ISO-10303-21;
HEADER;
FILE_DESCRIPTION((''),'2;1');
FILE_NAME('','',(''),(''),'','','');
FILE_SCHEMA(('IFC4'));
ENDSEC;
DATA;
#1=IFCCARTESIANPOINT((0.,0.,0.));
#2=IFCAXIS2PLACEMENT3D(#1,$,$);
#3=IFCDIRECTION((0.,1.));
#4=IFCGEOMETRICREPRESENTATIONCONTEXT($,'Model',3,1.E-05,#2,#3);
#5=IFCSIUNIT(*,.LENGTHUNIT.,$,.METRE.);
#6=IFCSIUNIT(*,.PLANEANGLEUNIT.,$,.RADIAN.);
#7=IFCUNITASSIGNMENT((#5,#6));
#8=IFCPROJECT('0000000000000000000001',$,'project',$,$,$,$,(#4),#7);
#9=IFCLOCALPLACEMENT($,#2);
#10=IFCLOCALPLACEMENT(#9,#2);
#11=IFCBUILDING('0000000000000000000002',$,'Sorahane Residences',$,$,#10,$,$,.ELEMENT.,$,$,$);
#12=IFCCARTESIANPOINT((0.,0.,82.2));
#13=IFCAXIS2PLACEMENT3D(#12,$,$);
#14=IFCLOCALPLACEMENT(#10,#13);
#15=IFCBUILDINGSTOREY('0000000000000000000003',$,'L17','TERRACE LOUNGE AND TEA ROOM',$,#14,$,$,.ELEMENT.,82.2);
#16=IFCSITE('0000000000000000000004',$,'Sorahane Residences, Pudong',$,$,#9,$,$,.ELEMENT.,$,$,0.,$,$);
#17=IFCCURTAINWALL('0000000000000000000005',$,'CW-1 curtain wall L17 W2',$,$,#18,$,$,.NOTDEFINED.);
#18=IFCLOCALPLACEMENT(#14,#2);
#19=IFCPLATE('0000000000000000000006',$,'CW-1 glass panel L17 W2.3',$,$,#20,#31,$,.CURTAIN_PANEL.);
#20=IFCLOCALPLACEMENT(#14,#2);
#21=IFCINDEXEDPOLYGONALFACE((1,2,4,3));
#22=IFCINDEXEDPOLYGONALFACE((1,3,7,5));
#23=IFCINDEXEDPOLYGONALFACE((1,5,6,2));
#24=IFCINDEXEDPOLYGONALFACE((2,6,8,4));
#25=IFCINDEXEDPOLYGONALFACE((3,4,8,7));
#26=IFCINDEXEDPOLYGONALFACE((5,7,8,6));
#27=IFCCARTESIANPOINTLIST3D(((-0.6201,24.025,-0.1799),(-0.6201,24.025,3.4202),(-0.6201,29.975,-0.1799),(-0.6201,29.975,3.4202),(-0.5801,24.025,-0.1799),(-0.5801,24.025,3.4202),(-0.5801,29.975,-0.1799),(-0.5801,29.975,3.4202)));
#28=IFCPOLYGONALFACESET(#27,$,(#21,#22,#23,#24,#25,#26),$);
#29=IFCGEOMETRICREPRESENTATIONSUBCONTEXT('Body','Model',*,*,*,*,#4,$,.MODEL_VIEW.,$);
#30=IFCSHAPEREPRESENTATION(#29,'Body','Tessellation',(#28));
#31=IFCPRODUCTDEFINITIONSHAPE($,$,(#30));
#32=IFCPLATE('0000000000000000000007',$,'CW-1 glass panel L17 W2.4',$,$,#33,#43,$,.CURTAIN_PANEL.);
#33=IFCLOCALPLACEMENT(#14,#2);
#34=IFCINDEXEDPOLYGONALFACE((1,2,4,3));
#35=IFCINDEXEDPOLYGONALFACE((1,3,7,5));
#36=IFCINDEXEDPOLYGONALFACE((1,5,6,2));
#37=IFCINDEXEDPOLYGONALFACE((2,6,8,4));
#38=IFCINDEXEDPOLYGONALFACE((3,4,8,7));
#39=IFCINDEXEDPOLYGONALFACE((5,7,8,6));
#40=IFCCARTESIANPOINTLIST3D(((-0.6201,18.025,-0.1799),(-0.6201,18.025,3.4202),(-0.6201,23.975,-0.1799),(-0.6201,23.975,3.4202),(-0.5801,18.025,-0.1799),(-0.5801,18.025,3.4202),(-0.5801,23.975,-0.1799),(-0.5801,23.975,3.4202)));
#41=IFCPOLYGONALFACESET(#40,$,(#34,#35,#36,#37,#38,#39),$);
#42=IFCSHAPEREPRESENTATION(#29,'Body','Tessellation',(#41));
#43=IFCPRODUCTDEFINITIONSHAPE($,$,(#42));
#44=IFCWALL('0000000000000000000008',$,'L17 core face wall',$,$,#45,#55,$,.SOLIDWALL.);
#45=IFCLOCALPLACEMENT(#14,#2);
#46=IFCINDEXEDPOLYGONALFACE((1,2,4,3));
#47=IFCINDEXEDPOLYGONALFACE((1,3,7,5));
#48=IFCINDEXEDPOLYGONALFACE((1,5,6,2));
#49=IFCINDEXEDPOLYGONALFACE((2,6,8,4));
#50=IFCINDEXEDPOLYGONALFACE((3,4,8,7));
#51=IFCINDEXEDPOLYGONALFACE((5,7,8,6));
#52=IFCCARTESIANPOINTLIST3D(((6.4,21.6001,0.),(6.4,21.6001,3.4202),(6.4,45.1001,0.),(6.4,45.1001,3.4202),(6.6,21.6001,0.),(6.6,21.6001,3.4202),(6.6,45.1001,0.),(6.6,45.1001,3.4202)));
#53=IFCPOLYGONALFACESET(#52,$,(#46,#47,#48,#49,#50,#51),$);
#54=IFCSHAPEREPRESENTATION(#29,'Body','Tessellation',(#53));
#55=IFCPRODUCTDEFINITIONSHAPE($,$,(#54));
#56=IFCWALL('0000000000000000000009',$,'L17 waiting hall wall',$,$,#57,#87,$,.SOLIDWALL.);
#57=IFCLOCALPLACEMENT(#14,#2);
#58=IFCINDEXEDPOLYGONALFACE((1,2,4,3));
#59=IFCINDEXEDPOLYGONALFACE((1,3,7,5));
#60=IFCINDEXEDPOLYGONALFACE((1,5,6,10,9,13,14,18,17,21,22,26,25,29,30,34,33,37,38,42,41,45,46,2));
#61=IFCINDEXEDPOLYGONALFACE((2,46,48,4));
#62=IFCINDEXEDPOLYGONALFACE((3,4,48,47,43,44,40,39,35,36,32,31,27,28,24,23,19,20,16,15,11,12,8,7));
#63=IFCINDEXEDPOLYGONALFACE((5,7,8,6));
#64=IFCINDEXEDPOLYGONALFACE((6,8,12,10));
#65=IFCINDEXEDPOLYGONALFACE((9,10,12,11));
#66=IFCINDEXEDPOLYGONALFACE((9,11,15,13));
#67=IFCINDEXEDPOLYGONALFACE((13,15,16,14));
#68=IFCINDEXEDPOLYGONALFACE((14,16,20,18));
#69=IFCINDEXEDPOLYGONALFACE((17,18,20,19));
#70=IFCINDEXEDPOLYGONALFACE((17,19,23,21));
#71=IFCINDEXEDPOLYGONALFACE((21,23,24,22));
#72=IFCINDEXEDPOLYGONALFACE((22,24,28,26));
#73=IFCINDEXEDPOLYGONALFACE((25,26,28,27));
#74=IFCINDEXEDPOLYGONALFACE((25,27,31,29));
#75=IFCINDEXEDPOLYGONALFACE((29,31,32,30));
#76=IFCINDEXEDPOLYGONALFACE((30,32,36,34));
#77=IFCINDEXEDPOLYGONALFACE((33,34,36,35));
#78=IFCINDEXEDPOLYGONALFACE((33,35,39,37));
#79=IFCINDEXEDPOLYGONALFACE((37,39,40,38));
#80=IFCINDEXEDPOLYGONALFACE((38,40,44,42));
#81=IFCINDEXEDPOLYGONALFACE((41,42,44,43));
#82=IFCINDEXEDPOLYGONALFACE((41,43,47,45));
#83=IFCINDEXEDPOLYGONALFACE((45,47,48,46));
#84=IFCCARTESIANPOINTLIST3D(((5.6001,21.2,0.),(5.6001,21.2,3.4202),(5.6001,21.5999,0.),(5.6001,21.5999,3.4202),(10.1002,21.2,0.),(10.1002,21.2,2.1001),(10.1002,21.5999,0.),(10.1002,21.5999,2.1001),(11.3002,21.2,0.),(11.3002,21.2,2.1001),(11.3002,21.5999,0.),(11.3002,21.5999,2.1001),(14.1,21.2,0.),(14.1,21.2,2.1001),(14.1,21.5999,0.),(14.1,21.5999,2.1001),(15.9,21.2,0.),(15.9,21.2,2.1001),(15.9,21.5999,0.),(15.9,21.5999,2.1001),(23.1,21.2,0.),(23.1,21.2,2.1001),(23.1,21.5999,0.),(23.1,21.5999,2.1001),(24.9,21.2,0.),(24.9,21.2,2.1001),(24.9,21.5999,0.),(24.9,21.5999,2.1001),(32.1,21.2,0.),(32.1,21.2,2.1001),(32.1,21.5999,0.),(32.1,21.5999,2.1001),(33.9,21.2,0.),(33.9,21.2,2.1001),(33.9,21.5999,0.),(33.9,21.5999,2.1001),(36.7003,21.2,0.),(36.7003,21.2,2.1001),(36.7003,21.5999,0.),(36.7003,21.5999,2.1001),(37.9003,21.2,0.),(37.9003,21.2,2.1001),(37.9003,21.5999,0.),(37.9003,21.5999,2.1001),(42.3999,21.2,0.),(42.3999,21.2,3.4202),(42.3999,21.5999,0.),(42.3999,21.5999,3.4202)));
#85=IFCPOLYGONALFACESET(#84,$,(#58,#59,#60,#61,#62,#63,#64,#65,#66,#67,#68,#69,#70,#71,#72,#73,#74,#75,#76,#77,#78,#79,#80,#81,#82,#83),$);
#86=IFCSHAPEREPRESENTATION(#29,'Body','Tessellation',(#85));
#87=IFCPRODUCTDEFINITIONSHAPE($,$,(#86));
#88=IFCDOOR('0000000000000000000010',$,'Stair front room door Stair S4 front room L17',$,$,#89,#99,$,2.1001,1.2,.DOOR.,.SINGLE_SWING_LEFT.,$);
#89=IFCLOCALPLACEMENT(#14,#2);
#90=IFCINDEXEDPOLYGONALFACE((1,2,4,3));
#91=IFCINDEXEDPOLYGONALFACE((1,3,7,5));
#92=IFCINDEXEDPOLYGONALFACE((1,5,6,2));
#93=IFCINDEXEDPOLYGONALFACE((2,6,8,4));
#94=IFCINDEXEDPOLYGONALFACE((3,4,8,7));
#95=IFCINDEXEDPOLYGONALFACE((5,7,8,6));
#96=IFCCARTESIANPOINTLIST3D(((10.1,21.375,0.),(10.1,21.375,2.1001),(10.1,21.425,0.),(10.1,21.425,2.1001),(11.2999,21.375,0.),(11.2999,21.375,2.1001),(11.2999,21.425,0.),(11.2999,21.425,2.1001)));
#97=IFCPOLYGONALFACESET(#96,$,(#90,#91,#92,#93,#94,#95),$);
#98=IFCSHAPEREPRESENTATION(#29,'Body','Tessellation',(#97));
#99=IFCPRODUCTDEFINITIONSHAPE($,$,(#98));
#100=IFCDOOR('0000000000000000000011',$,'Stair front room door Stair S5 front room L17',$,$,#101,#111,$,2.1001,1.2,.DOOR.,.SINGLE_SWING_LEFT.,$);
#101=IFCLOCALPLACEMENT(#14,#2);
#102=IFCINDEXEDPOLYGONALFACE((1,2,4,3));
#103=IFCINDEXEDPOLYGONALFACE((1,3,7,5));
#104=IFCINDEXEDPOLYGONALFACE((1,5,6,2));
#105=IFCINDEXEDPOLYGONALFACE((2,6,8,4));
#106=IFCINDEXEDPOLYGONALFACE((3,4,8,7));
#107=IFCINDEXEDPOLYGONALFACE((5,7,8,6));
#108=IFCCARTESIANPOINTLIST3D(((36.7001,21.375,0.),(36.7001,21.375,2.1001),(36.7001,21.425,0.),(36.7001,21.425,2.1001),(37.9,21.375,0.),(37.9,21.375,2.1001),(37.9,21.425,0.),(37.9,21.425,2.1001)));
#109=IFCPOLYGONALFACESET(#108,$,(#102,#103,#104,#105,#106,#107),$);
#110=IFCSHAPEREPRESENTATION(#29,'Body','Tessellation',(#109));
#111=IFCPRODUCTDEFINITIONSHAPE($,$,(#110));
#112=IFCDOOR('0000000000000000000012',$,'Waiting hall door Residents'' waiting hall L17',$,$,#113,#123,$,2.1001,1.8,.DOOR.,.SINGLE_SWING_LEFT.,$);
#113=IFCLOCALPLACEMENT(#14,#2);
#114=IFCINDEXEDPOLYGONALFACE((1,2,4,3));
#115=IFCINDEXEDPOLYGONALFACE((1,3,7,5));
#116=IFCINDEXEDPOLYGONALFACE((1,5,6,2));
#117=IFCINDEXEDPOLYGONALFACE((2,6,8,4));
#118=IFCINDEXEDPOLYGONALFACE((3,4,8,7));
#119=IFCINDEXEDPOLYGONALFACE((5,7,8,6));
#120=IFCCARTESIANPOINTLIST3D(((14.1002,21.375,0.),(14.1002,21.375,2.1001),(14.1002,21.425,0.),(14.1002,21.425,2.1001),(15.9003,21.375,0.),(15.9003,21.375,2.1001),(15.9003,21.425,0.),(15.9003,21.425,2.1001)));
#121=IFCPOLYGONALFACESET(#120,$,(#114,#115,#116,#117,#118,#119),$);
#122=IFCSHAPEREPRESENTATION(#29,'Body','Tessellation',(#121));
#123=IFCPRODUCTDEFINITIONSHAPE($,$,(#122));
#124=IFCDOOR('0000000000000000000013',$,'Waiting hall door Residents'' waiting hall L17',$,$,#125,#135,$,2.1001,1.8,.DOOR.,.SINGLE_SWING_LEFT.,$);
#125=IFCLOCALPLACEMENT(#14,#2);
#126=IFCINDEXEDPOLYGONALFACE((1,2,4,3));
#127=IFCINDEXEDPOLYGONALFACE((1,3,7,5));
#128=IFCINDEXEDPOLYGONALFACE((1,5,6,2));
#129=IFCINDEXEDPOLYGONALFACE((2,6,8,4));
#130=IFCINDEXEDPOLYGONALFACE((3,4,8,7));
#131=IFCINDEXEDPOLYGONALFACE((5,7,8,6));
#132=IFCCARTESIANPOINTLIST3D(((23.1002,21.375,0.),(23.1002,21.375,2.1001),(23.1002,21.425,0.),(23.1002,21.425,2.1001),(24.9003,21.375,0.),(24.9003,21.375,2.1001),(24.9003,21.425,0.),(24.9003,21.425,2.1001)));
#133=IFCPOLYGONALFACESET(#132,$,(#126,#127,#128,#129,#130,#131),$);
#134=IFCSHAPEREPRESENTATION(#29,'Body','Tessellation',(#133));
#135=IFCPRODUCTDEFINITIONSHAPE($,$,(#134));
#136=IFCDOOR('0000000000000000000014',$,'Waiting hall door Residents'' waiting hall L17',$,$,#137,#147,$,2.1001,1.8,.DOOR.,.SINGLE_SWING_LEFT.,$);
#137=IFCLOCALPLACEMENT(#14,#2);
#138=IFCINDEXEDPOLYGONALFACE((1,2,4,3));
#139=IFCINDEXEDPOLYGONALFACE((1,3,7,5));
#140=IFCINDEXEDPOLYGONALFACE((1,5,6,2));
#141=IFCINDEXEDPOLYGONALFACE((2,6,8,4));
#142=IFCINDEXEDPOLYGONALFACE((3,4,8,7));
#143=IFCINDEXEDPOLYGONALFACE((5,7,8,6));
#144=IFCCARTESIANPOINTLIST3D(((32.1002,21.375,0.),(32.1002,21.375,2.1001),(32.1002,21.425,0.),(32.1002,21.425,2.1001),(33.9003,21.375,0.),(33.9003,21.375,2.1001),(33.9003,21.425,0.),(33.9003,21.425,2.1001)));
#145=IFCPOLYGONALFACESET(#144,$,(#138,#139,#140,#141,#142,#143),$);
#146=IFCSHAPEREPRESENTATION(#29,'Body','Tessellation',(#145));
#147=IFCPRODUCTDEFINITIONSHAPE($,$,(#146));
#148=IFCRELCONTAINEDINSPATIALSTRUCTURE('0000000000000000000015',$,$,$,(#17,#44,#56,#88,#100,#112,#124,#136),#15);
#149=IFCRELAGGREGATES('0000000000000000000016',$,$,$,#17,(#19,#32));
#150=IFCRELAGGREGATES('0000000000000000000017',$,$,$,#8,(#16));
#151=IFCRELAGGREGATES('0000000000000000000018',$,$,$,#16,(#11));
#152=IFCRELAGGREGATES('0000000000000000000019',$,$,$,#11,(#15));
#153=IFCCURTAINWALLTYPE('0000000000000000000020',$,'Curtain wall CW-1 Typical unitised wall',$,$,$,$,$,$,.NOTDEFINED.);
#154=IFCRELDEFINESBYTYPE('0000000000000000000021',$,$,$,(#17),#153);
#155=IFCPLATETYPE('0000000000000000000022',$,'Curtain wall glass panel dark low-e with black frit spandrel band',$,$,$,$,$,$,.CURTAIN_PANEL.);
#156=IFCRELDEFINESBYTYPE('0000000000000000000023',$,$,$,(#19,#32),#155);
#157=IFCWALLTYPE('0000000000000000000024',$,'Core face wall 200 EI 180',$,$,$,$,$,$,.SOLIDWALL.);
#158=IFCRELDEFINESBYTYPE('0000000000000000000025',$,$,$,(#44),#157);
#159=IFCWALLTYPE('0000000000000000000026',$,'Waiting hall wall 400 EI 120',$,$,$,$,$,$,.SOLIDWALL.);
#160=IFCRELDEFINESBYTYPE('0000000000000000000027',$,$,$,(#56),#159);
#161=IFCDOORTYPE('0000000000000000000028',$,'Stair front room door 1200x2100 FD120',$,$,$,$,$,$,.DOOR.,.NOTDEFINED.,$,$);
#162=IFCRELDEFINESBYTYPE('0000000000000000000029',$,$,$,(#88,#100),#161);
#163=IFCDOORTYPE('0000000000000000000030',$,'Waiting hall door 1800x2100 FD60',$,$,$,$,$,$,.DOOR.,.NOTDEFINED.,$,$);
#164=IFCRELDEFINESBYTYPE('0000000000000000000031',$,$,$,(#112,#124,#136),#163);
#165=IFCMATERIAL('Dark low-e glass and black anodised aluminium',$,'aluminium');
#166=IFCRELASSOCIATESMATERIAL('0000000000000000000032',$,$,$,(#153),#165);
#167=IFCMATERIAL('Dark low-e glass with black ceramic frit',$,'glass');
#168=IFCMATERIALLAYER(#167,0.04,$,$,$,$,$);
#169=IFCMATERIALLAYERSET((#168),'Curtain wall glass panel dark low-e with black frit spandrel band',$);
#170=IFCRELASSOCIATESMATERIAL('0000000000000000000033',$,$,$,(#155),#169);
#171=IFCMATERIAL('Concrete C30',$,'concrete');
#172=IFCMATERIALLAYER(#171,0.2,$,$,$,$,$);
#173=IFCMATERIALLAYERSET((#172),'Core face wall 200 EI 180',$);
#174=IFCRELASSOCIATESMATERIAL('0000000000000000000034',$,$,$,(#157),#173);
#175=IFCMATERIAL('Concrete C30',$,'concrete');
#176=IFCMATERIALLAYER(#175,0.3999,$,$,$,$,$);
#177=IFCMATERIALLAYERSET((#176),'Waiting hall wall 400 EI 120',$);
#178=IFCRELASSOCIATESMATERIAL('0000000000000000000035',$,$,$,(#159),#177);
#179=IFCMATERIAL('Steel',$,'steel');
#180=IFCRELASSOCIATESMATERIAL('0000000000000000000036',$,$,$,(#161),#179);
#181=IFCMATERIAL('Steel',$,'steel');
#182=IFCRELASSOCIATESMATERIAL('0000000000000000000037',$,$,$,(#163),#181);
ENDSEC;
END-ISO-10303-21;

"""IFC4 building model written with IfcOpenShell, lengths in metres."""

from ifc_helpers import new_model, si_unit, direction, frame, frame_2d, origin, origin_2d, place, context, subcontext, project, spatial, rectangle, extrude, material, layer, layer_set, type_object, element, fill, aggregate, save


model = new_model("IFC4")

# Units and contexts
model_context = context("Model", 3, precision=1e-05, world=origin(), true_north=direction((0.0, 1.0)))
body_context = subcontext(model_context, "Body", "Model", "MODEL_VIEW")
ifc_project = project(units=[si_unit("LENGTHUNIT", "METRE"), si_unit("PLANEANGLEUNIT", "RADIAN")], contexts=[model_context])

# Site, building, storey
site_placement = place(None, origin())
site = spatial("IfcSite", under=ifc_project, at=site_placement, Name="Sorahane Residences, Pudong", CompositionType="ELEMENT", RefElevation=0.0)
building_placement = place(site_placement, origin())
building = spatial("IfcBuilding", under=site, at=building_placement, Name="Sorahane Residences", CompositionType="ELEMENT")
storey_placement = place(building_placement, frame((0.0, 0.0, 82.2)))
storey = spatial("IfcBuildingStorey", under=building, at=storey_placement, Name="L17", Description="TERRACE LOUNGE AND TEA ROOM", CompositionType="ELEMENT", Elevation=82.2)

# Curtain wall
ifc_material_1 = material(Name="Dark low-e glass and black anodised aluminium", Category="aluminium")
curtain_wall_type = type_object("IfcCurtainWallType", Name="Curtain wall CW-1 Typical unitised wall", PredefinedType="NOTDEFINED", material=ifc_material_1)
curtain_wall_placement = place(storey_placement, origin())
curtain_wall = element("IfcCurtainWall", 1, at=curtain_wall_placement, inside=storey, type_object=curtain_wall_type, Name="CW-1 curtain wall L17 W2", PredefinedType="NOTDEFINED")

# Plates
ifc_material_2 = material(Name="Dark low-e glass with black ceramic frit", Category="glass")
ifc_layer_1 = layer(ifc_material_2, 0.04)
ifc_layer_set_1 = layer_set([ifc_layer_1], Name="Curtain wall glass panel dark low-e with black frit spandrel band")
plate_type = type_object("IfcPlateType", Name="Curtain wall glass panel dark low-e with black frit spandrel band", PredefinedType="CURTAIN_PANEL", material=ifc_layer_set_1)
plate_1_placement = place(storey_placement, frame((-0.6001, 27.0, -0.1799), z_axis=(0.0, 0.0, 1.0), x_axis=(0.0, -1.0, 0.0)))
plate_1 = element("IfcPlate", 2, at=plate_1_placement, type_object=plate_type, Name="CW-1 glass panel L17 W2.3", PredefinedType="CURTAIN_PANEL", context=body_context, shape_type="SweptSolid", body=[
    extrude(rectangle(XDim=5.95, YDim=0.04, at=origin_2d()), origin(), (0.0, 0.0, 1.0), 3.6001),
])
plate_2_placement = place(storey_placement, frame((-0.6001, 21.0, -0.1799), z_axis=(0.0, 0.0, 1.0), x_axis=(0.0, -1.0, 0.0)))
plate_2 = element("IfcPlate", 3, at=plate_2_placement, type_object=plate_type, Name="CW-1 glass panel L17 W2.4", PredefinedType="CURTAIN_PANEL", context=body_context, shape_type="SweptSolid", body=[
    extrude(rectangle(XDim=5.95, YDim=0.04, at=origin_2d()), origin(), (0.0, 0.0, 1.0), 3.6001),
])
aggregate(curtain_wall, [plate_1, plate_2])

# Wall
ifc_material_3 = material(Name="Concrete C30", Category="concrete")
ifc_layer_2 = layer(ifc_material_3, 0.2)
ifc_layer_set_2 = layer_set([ifc_layer_2], Name="Core face wall 200 EI 180")
wall_type_1 = type_object("IfcWallType", Name="Core face wall 200 EI 180", PredefinedType="SOLIDWALL", material=ifc_layer_set_2)
wall_1_placement = place(storey_placement, frame((6.5, 21.6001, 0.0), z_axis=(0.0, 0.0, 1.0), x_axis=(0.0, 1.0, 0.0)))
element("IfcWall", 4, at=wall_1_placement, inside=storey, type_object=wall_type_1, Name="L17 core face wall", PredefinedType="SOLIDWALL", context=body_context, shape_type="SweptSolid", body=[
    extrude(rectangle(XDim=23.5, YDim=0.2, at=frame_2d((11.75, 0.0))), origin(), (0.0, 0.0, 1.0), 3.4202),
])

# Wall, openings, doors
ifc_material_4 = material(Name="Concrete C30", Category="concrete")
ifc_layer_3 = layer(ifc_material_4, 0.3999)
ifc_layer_set_3 = layer_set([ifc_layer_3], Name="Waiting hall wall 400 EI 120")
wall_type_2 = type_object("IfcWallType", Name="Waiting hall wall 400 EI 120", PredefinedType="SOLIDWALL", material=ifc_layer_set_3)
wall_2_placement = place(storey_placement, frame((5.6001, 21.3999, 0.0), z_axis=(0.0, 0.0, 1.0), x_axis=(1.0, 0.0, 0.0)))
wall_2 = element("IfcWall", 5, at=wall_2_placement, inside=storey, type_object=wall_type_2, Name="L17 waiting hall wall", PredefinedType="SOLIDWALL", context=body_context, shape_type="SweptSolid", body=[
    extrude(rectangle(XDim=36.7998, YDim=0.3999, at=frame_2d((18.3999, 0.0))), origin(), (0.0, 0.0, 1.0), 3.4202),
])
opening_1_placement = place(wall_2_placement, frame((8.5, 0.0, 0.0)))
opening_1 = element("IfcOpeningElement", 6, at=opening_1_placement, cuts=wall_2, PredefinedType="OPENING", context=body_context, shape_type="SweptSolid", body=[
    extrude(rectangle(XDim=1.8, YDim=2.1001, at=frame_2d((0.8999, 1.05))), frame((0.0, 0.21, 0.0), z_axis=(0.0, -1.0, 0.0), x_axis=(1.0, 0.0, 0.0)), (0.0, 0.0, 1.0), 0.4199),
])
opening_2_placement = place(wall_2_placement, frame((17.5, 0.0, 0.0)))
opening_2 = element("IfcOpeningElement", 7, at=opening_2_placement, cuts=wall_2, PredefinedType="OPENING", context=body_context, shape_type="SweptSolid", body=[
    extrude(rectangle(XDim=1.8, YDim=2.1001, at=frame_2d((0.8999, 1.05))), frame((0.0, 0.21, 0.0), z_axis=(0.0, -1.0, 0.0), x_axis=(1.0, 0.0, 0.0)), (0.0, 0.0, 1.0), 0.4199),
])
opening_3_placement = place(wall_2_placement, frame((26.5, 0.0, 0.0)))
opening_3 = element("IfcOpeningElement", 8, at=opening_3_placement, cuts=wall_2, PredefinedType="OPENING", context=body_context, shape_type="SweptSolid", body=[
    extrude(rectangle(XDim=1.8, YDim=2.1001, at=frame_2d((0.8999, 1.05))), frame((0.0, 0.21, 0.0), z_axis=(0.0, -1.0, 0.0), x_axis=(1.0, 0.0, 0.0)), (0.0, 0.0, 1.0), 0.4199),
])
opening_4_placement = place(wall_2_placement, frame((4.5, 0.0, 0.0)))
opening_4 = element("IfcOpeningElement", 9, at=opening_4_placement, cuts=wall_2, PredefinedType="OPENING", context=body_context, shape_type="SweptSolid", body=[
    extrude(rectangle(XDim=1.2, YDim=2.1001, at=frame_2d((0.6001, 1.05))), frame((0.0, 0.21, 0.0), z_axis=(0.0, -1.0, 0.0), x_axis=(1.0, 0.0, 0.0)), (0.0, 0.0, 1.0), 0.4199),
])
opening_5_placement = place(wall_2_placement, frame((31.1001, 0.0, 0.0)))
opening_5 = element("IfcOpeningElement", 10, at=opening_5_placement, cuts=wall_2, PredefinedType="OPENING", context=body_context, shape_type="SweptSolid", body=[
    extrude(rectangle(XDim=1.2, YDim=2.1001, at=frame_2d((0.6001, 1.05))), frame((0.0, 0.21, 0.0), z_axis=(0.0, -1.0, 0.0), x_axis=(1.0, 0.0, 0.0)), (0.0, 0.0, 1.0), 0.4199),
])
ifc_material_5 = material(Name="Steel", Category="steel")
door_type_1 = type_object("IfcDoorType", Name="Stair front room door 1200x2100 FD120", OperationType="NOTDEFINED", PredefinedType="DOOR", material=ifc_material_5)
door_1_placement = place(opening_4_placement, frame((1.2, 0.0, 0.0), z_axis=(0.0, 0.0, 1.0), x_axis=(-1.0, 0.0, 0.0)))
door_1 = element("IfcDoor", 11, at=door_1_placement, inside=storey, type_object=door_type_1, Name="Stair front room door Stair S4 front room L17", OperationType="SINGLE_SWING_LEFT", OverallHeight=2.1001, OverallWidth=1.2, PredefinedType="DOOR", context=body_context, shape_type="SweptSolid", body=[
    extrude(rectangle(XDim=1.2, YDim=2.1001, at=frame_2d((0.6001, 1.05))), frame((0.0, 0.0249, 0.0), z_axis=(0.0, -1.0, 0.0), x_axis=(1.0, 0.0, 0.0)), (0.0, 0.0, 1.0), 0.05),
])
fill(opening_4, door_1)
door_2_placement = place(opening_5_placement, frame((1.2, 0.0, 0.0), z_axis=(0.0, 0.0, 1.0), x_axis=(-1.0, 0.0, 0.0)))
door_2 = element("IfcDoor", 12, at=door_2_placement, inside=storey, type_object=door_type_1, Name="Stair front room door Stair S5 front room L17", OperationType="SINGLE_SWING_LEFT", OverallHeight=2.1001, OverallWidth=1.2, PredefinedType="DOOR", context=body_context, shape_type="SweptSolid", body=[
    extrude(rectangle(XDim=1.2, YDim=2.1001, at=frame_2d((0.6001, 1.05))), frame((0.0, 0.0249, 0.0), z_axis=(0.0, -1.0, 0.0), x_axis=(1.0, 0.0, 0.0)), (0.0, 0.0, 1.0), 0.05),
])
fill(opening_5, door_2)
ifc_material_6 = material(Name="Steel", Category="steel")
door_type_2 = type_object("IfcDoorType", Name="Waiting hall door 1800x2100 FD60", OperationType="NOTDEFINED", PredefinedType="DOOR", material=ifc_material_6)
door_3_placement = place(opening_1_placement, frame((1.8, 0.0, 0.0), z_axis=(0.0, 0.0, 1.0), x_axis=(-1.0, 0.0, 0.0)))
door_3 = element("IfcDoor", 13, at=door_3_placement, inside=storey, type_object=door_type_2, Name="Waiting hall door Residents' waiting hall L17", OperationType="SINGLE_SWING_LEFT", OverallHeight=2.1001, OverallWidth=1.8, PredefinedType="DOOR", context=body_context, shape_type="SweptSolid", body=[
    extrude(rectangle(XDim=1.8, YDim=2.1001, at=frame_2d((0.8999, 1.05))), frame((0.0, 0.0249, 0.0), z_axis=(0.0, -1.0, 0.0), x_axis=(1.0, 0.0, 0.0)), (0.0, 0.0, 1.0), 0.05),
])
fill(opening_1, door_3)
door_4_placement = place(opening_2_placement, frame((1.8, 0.0, 0.0), z_axis=(0.0, 0.0, 1.0), x_axis=(-1.0, 0.0, 0.0)))
door_4 = element("IfcDoor", 14, at=door_4_placement, inside=storey, type_object=door_type_2, Name="Waiting hall door Residents' waiting hall L17", OperationType="SINGLE_SWING_LEFT", OverallHeight=2.1001, OverallWidth=1.8, PredefinedType="DOOR", context=body_context, shape_type="SweptSolid", body=[
    extrude(rectangle(XDim=1.8, YDim=2.1001, at=frame_2d((0.8999, 1.05))), frame((0.0, 0.0249, 0.0), z_axis=(0.0, -1.0, 0.0), x_axis=(1.0, 0.0, 0.0)), (0.0, 0.0, 1.0), 0.05),
])
fill(opening_2, door_4)
door_5_placement = place(opening_3_placement, frame((1.8, 0.0, 0.0), z_axis=(0.0, 0.0, 1.0), x_axis=(-1.0, 0.0, 0.0)))
door_5 = element("IfcDoor", 15, at=door_5_placement, inside=storey, type_object=door_type_2, Name="Waiting hall door Residents' waiting hall L17", OperationType="SINGLE_SWING_LEFT", OverallHeight=2.1001, OverallWidth=1.8, PredefinedType="DOOR", context=body_context, shape_type="SweptSolid", body=[
    extrude(rectangle(XDim=1.8, YDim=2.1001, at=frame_2d((0.8999, 1.05))), frame((0.0, 0.0249, 0.0), z_axis=(0.0, -1.0, 0.0), x_axis=(1.0, 0.0, 0.0)), (0.0, 0.0, 1.0), 0.05),
])
fill(opening_3, door_5)

save(model, "model.ifc")
